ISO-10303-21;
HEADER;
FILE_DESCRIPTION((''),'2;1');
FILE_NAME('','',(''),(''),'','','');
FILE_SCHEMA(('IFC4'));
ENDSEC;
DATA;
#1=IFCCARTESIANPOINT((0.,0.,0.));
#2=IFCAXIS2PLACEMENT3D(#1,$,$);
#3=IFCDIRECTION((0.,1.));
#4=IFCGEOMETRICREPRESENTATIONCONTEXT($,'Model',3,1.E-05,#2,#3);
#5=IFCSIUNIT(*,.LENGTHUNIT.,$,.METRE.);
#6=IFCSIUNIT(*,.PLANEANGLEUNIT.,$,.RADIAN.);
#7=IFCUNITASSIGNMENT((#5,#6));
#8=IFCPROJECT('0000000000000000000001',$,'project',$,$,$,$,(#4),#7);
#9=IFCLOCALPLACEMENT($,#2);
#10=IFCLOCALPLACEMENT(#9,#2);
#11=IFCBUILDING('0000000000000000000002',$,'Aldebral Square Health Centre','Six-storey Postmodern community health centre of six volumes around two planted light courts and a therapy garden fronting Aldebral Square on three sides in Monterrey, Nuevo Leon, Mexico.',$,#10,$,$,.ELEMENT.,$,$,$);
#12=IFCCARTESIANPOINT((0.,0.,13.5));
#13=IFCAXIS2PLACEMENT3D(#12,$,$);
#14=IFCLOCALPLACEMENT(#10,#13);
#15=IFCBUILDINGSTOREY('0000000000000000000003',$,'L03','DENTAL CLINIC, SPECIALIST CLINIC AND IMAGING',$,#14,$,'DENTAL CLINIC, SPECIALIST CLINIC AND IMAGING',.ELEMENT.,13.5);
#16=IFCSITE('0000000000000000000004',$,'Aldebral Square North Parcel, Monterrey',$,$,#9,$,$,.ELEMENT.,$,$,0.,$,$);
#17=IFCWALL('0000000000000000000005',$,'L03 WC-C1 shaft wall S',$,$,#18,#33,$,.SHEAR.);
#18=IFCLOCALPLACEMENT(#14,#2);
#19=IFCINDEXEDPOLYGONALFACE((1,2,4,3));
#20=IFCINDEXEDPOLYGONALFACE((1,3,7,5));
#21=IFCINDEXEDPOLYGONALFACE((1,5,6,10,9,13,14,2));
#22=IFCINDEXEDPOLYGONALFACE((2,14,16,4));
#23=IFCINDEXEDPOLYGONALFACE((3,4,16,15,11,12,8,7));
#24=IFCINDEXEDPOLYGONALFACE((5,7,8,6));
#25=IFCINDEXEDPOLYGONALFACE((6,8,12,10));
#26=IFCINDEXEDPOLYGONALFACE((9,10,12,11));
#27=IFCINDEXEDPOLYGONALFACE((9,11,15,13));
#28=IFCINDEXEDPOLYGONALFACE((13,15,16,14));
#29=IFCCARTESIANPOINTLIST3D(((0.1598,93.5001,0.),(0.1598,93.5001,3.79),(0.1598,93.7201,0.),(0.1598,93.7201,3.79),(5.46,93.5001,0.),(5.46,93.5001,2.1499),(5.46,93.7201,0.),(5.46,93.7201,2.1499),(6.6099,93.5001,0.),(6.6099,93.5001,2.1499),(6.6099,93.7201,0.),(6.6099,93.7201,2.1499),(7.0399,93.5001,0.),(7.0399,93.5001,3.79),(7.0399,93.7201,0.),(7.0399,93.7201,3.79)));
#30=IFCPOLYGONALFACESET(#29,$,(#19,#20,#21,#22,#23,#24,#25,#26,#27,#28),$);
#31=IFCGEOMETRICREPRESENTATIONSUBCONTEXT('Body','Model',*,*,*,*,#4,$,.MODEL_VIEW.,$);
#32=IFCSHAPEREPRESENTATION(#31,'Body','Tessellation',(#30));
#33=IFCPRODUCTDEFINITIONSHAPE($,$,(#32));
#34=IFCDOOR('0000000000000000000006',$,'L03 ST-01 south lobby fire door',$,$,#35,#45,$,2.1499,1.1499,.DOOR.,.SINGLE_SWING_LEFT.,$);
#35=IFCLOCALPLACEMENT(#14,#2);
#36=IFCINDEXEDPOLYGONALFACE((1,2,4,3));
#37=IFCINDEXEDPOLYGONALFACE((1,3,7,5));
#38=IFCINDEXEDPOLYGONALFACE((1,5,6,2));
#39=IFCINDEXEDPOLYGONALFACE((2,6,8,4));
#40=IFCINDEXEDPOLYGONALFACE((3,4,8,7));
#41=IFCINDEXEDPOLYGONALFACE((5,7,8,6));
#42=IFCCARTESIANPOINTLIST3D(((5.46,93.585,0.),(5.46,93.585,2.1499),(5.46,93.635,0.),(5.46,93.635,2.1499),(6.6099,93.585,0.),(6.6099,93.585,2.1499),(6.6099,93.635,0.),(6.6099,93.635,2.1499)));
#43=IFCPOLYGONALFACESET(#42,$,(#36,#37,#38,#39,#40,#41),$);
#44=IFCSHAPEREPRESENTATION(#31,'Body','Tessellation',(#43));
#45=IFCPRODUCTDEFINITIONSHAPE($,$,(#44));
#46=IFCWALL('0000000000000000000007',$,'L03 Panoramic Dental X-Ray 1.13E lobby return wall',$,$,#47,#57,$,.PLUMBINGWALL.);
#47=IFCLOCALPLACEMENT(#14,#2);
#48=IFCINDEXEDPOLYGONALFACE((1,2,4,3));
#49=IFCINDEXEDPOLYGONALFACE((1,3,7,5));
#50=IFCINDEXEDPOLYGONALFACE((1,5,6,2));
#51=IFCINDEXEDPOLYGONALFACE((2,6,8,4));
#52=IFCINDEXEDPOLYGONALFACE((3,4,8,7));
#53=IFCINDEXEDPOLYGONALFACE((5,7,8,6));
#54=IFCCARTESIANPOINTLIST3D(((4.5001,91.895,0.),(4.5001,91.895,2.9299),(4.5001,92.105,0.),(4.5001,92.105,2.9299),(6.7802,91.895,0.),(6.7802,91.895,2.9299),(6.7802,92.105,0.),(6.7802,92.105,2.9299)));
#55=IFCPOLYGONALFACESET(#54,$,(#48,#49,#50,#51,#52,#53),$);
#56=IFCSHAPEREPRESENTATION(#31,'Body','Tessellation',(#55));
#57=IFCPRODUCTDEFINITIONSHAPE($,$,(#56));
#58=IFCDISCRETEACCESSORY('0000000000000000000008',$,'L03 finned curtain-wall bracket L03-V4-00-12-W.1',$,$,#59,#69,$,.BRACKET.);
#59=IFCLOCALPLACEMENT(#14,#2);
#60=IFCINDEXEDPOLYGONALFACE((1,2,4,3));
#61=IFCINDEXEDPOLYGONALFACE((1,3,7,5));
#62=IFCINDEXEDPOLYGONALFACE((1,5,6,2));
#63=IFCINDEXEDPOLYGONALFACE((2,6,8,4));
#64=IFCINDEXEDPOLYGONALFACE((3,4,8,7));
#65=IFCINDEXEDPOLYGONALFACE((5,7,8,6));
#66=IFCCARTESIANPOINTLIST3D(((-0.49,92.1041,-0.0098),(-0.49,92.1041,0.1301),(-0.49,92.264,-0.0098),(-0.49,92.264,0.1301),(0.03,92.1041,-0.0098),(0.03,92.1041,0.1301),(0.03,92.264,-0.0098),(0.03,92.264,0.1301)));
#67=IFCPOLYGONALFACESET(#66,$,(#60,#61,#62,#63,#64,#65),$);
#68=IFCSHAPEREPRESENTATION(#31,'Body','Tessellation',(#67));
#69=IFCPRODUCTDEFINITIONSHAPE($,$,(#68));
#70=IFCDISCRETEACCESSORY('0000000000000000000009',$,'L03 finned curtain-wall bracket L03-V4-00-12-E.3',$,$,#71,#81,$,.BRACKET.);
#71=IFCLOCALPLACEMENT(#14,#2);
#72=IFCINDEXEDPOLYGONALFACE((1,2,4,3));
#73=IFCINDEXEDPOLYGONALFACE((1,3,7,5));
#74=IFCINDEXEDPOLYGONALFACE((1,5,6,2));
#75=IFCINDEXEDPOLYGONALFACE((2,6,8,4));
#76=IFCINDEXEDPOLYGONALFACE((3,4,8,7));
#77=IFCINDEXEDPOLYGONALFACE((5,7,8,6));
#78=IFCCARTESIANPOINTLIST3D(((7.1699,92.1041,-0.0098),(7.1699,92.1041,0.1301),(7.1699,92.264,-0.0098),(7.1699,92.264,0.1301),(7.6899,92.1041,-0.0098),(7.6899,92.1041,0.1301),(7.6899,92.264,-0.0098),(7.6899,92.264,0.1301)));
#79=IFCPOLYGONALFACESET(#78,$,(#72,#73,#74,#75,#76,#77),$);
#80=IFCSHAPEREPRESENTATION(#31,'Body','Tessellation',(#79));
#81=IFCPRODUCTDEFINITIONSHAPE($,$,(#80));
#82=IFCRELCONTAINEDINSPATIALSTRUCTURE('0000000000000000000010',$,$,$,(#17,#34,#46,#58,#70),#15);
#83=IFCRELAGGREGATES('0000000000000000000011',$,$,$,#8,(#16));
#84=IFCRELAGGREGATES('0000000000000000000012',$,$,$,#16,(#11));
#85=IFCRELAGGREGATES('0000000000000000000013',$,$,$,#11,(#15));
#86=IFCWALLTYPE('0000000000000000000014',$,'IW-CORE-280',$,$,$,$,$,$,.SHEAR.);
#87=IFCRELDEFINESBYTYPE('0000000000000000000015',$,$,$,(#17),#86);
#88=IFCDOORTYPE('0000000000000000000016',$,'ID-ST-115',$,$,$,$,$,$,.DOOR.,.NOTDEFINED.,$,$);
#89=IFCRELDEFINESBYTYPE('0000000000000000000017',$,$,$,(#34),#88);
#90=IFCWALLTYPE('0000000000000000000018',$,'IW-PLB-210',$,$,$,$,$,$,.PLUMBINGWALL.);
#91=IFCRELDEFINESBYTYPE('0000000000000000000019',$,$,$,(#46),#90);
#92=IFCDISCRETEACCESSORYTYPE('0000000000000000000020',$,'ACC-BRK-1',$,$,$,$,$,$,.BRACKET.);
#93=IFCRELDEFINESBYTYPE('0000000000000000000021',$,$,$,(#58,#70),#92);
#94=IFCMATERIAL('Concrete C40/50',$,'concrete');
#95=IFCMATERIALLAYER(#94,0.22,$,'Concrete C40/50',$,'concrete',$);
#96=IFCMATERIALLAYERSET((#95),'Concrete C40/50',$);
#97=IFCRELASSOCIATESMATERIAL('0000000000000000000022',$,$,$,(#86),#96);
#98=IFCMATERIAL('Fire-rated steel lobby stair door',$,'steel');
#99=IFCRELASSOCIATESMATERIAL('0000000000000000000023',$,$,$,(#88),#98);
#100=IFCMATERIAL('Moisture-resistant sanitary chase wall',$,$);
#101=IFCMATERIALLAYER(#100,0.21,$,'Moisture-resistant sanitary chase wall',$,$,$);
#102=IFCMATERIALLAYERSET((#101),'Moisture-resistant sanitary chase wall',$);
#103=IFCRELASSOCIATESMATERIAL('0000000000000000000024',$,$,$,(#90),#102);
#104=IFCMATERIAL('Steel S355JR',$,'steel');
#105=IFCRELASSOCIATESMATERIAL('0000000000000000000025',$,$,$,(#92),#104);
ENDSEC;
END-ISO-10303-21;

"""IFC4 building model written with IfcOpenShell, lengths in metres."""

from ifc_helpers import new_model, si_unit, direction, frame, frame_2d, origin, origin_2d, place, context, subcontext, project, spatial, rectangle, extrude, material, layer, layer_set, type_object, element, fill, save


model = new_model("IFC4")

# Units and contexts
model_context = context("Model", 3, precision=1e-05, world=origin(), true_north=direction((0.0, 1.0)))
body_context = subcontext(model_context, "Body", "Model", "MODEL_VIEW")
ifc_project = project(units=[si_unit("LENGTHUNIT", "METRE"), si_unit("PLANEANGLEUNIT", "RADIAN")], contexts=[model_context])

# Site, building, storey
site_placement = place(None, origin())
site = spatial("IfcSite", under=ifc_project, at=site_placement, Name="Aldebral Square North Parcel, Monterrey", CompositionType="ELEMENT", RefElevation=0.0)
building_placement = place(site_placement, origin())
building = spatial("IfcBuilding", under=site, at=building_placement, Name="Aldebral Square Health Centre", Description="Six-storey Postmodern community health centre of six volumes around two planted light courts and a therapy garden fronting Aldebral Square on three sides in Monterrey, Nuevo Leon, Mexico.", CompositionType="ELEMENT")
storey_placement = place(building_placement, frame((0.0, 0.0, 13.5)))
storey = spatial("IfcBuildingStorey", under=building, at=storey_placement, Name="L03", Description="DENTAL CLINIC, SPECIALIST CLINIC AND IMAGING", LongName="DENTAL CLINIC, SPECIALIST CLINIC AND IMAGING", CompositionType="ELEMENT", Elevation=13.5)

# Shared definitions
ifc_material_1 = material(Name="Concrete C40/50", Category="concrete")

# Wall, opening, door
ifc_layer_1 = layer(ifc_material_1, 0.22, Name="Concrete C40/50", Category="concrete")
ifc_layer_set_1 = layer_set([ifc_layer_1], Name="Concrete C40/50")
wall_type_1 = type_object("IfcWallType", Name="IW-CORE-280", PredefinedType="SHEAR", material=ifc_layer_set_1)
wall_1_placement = place(storey_placement, frame((0.1599, 93.6101, 0.0), z_axis=(0.0, 0.0, 1.0), x_axis=(1.0, 0.0, 0.0)))
wall_1 = element("IfcWall", 1, at=wall_1_placement, inside=storey, type_object=wall_type_1, Name="L03 WC-C1 shaft wall S", PredefinedType="SHEAR", context=body_context, shape_type="SweptSolid", body=[
    extrude(rectangle(XDim=6.8801, YDim=0.22, at=frame_2d((3.4399, 0.0))), origin(), (0.0, 0.0, 1.0), 3.79),
])
opening_placement = place(wall_1_placement, frame((5.3, 0.0, 0.0)))
opening = element("IfcOpeningElement", 2, at=opening_placement, cuts=wall_1, PredefinedType="OPENING", context=body_context, shape_type="SweptSolid", body=[
    extrude(rectangle(XDim=1.1499, YDim=2.1499, at=frame_2d((0.575, 1.075))), frame((0.0, 0.1201, 0.0), z_axis=(0.0, -1.0, 0.0), x_axis=(1.0, 0.0, 0.0)), (0.0, 0.0, 1.0), 0.24),
])
ifc_material_2 = material(Name="Fire-rated steel lobby stair door", Category="steel")
door_type = type_object("IfcDoorType", Name="ID-ST-115", OperationType="NOTDEFINED", PredefinedType="DOOR", material=ifc_material_2)
door_placement = place(opening_placement, origin())
door = element("IfcDoor", 3, at=door_placement, inside=storey, type_object=door_type, Name="L03 ST-01 south lobby fire door", OperationType="SINGLE_SWING_LEFT", OverallHeight=2.1499, OverallWidth=1.1499, PredefinedType="DOOR", context=body_context, shape_type="SweptSolid", body=[
    extrude(rectangle(XDim=1.1499, YDim=2.1499, at=frame_2d((0.575, 1.075))), frame((0.0, 0.0249, 0.0), z_axis=(0.0, -1.0, 0.0), x_axis=(1.0, 0.0, 0.0)), (0.0, 0.0, 1.0), 0.05),
])
fill(opening, door)

# Wall
ifc_material_3 = material(Name="Moisture-resistant sanitary chase wall")
ifc_layer_2 = layer(ifc_material_3, 0.21, Name="Moisture-resistant sanitary chase wall")
ifc_layer_set_2 = layer_set([ifc_layer_2], Name="Moisture-resistant sanitary chase wall")
wall_type_2 = type_object("IfcWallType", Name="IW-PLB-210", PredefinedType="PLUMBINGWALL", material=ifc_layer_set_2)
wall_2_placement = place(storey_placement, frame((4.5, 92.0, 0.0), z_axis=(0.0, 0.0, 1.0), x_axis=(1.0, 0.0, 0.0)))
element("IfcWall", 4, at=wall_2_placement, inside=storey, type_object=wall_type_2, Name="L03 Panoramic Dental X-Ray 1.13E lobby return wall", PredefinedType="PLUMBINGWALL", context=body_context, shape_type="SweptSolid", body=[
    extrude(rectangle(XDim=2.28, YDim=0.21, at=frame_2d((1.1401, 0.0))), origin(), (0.0, 0.0, 1.0), 2.9299),
])

# Discrete accessories
ifc_material_4 = material(Name="Steel S355JR", Category="steel")
discrete_accessory_type = type_object("IfcDiscreteAccessoryType", Name="ACC-BRK-1", PredefinedType="BRACKET", material=ifc_material_4)
for number, where, z_axis, x_axis, name in (
    (5, (-0.23, 92.1841, -0.0098), (0.0, 0.0, 1.0), (0.0, 1.0, 0.0), "L03 finned curtain-wall bracket L03-V4-00-12-W.1"),
    (6, (7.4299, 92.1841, -0.0098), (0.0, 0.0, 1.0), (0.0, 1.0, 0.0), "L03 finned curtain-wall bracket L03-V4-00-12-E.3"),
):
    element("IfcDiscreteAccessory", number, at=place(storey_placement, frame(where, z_axis=z_axis, x_axis=x_axis)), inside=storey, type_object=discrete_accessory_type, Name=name, PredefinedType="BRACKET", context=body_context, shape_type="SweptSolid", body=[
        extrude(rectangle(XDim=0.1599, YDim=0.52, at=origin_2d()), origin(), (0.0, 0.0, 1.0), 0.1399),
    ])

save(model, "model.ifc")
